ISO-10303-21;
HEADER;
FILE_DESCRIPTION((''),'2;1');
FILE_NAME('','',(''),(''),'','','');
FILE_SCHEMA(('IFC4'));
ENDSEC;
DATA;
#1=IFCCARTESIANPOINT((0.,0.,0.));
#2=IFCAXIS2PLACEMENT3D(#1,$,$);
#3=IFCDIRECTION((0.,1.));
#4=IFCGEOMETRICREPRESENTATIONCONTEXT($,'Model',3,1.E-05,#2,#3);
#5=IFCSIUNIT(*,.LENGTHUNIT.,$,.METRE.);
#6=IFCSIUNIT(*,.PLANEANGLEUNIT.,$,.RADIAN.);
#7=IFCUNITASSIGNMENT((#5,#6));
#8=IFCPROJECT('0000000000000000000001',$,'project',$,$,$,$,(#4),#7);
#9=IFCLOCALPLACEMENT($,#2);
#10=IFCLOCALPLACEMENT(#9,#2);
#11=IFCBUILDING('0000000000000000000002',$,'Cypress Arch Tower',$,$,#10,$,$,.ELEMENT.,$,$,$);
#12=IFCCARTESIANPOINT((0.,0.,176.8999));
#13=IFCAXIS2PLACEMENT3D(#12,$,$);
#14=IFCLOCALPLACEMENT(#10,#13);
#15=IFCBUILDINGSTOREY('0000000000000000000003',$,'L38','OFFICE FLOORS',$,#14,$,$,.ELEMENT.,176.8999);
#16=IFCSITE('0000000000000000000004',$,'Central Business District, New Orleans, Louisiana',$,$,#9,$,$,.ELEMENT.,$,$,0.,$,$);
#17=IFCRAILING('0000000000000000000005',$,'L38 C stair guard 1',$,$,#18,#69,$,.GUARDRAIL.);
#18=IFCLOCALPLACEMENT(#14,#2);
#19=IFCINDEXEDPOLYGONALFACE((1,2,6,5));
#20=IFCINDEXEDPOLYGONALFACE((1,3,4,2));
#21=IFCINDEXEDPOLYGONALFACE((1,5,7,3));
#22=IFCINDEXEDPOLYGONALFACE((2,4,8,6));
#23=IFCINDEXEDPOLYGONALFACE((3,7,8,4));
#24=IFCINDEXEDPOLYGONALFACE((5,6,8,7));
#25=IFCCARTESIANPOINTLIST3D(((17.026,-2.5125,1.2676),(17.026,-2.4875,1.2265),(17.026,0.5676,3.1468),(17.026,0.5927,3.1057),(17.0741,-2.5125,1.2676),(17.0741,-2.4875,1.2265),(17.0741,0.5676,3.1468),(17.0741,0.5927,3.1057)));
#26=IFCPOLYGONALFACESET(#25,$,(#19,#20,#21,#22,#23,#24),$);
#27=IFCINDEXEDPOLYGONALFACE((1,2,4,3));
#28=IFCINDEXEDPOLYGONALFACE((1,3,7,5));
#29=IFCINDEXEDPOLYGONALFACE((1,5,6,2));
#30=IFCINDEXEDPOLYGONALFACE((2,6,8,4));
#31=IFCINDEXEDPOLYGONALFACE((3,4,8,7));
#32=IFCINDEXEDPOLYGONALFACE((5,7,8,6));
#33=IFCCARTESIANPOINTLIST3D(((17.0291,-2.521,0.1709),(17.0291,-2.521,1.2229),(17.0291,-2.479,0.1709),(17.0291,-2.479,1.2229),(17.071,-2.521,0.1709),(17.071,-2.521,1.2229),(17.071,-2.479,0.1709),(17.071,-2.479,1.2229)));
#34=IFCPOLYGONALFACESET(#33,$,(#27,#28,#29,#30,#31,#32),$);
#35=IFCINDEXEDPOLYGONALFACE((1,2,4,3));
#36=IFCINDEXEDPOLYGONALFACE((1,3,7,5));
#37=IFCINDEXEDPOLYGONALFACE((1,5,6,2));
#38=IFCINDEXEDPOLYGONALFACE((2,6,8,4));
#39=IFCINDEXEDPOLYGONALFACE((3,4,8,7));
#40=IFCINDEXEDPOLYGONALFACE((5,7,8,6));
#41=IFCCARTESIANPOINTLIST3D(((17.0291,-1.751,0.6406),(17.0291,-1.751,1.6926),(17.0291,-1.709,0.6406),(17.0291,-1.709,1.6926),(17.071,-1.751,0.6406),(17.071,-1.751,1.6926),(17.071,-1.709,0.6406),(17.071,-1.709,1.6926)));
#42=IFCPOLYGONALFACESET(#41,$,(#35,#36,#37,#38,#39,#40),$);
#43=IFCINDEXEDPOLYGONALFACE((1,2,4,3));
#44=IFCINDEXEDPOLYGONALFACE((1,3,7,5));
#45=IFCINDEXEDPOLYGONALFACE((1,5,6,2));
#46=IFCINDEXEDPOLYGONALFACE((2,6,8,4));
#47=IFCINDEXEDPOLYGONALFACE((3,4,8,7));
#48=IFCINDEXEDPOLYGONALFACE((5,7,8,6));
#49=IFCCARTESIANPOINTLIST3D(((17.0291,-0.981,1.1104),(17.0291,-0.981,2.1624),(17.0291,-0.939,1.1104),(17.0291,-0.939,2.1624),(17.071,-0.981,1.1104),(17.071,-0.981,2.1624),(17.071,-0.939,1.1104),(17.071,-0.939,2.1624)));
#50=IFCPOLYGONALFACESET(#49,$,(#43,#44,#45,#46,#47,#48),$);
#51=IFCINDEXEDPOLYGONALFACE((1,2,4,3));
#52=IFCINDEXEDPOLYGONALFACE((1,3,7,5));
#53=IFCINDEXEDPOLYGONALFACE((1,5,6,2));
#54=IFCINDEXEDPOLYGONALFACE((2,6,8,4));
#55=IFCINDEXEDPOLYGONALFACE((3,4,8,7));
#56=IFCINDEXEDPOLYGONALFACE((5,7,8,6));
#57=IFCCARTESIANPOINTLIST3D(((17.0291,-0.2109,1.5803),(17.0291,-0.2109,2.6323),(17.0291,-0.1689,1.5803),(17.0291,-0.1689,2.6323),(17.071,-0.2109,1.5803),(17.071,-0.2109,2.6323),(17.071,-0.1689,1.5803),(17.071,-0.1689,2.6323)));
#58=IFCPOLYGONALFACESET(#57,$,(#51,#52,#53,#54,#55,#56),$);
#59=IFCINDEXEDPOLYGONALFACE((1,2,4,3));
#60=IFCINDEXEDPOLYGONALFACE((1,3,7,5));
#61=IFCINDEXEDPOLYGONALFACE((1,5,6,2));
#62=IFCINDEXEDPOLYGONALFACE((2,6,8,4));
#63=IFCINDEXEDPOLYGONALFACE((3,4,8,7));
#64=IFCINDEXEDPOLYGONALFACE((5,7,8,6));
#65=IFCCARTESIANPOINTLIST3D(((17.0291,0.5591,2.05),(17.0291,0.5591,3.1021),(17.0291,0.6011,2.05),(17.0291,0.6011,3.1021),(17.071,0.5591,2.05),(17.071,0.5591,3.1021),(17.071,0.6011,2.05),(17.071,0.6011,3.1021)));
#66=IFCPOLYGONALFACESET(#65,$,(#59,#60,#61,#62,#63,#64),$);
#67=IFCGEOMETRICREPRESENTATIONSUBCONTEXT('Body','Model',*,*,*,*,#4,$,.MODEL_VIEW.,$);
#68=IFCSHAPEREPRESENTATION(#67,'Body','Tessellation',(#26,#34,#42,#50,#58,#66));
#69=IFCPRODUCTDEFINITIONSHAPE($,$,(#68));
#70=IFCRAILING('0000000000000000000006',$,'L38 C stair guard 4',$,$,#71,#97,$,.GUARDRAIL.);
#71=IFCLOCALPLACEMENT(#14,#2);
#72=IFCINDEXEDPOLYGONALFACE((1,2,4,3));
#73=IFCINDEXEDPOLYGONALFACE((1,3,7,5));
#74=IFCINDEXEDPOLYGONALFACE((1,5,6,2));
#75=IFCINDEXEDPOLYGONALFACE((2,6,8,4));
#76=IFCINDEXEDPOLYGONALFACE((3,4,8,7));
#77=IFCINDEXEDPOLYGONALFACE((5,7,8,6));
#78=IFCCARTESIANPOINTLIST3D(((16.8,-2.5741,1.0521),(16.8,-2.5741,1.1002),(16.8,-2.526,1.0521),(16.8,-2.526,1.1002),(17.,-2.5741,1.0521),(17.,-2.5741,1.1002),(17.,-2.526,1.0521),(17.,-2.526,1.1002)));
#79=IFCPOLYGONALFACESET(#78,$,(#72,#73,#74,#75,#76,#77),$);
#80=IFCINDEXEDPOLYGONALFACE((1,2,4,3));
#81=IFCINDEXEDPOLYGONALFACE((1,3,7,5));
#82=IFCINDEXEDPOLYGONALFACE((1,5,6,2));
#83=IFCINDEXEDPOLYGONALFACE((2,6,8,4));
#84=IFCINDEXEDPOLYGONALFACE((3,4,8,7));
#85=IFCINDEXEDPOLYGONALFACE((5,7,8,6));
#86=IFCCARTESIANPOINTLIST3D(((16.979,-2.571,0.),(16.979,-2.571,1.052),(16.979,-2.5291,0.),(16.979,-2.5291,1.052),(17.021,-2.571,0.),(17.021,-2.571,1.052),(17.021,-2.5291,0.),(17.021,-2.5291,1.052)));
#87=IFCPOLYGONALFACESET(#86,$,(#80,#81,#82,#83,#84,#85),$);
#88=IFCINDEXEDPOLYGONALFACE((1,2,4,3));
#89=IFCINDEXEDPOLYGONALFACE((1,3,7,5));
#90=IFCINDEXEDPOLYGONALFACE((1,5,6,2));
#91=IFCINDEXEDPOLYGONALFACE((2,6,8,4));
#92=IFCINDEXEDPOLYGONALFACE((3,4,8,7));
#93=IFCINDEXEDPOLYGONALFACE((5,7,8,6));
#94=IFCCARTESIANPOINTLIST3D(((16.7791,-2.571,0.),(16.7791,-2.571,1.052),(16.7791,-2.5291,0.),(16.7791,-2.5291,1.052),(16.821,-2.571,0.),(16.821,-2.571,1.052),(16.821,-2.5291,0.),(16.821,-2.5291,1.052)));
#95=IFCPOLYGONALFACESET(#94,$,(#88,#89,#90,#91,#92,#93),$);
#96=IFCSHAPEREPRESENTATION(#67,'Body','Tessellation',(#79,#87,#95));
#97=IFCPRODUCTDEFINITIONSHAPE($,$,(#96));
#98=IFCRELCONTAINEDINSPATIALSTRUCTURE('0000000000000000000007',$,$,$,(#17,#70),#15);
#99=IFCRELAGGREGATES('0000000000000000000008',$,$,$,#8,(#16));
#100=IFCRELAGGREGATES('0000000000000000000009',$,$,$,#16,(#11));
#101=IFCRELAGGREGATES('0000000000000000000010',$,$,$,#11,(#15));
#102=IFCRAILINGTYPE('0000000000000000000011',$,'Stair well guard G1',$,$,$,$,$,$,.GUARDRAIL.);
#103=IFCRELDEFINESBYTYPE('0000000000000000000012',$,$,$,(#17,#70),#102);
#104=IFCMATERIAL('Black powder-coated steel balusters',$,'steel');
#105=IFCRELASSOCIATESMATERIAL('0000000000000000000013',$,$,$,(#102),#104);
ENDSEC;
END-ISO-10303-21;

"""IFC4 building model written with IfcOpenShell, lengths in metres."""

from ifc_helpers import new_model, si_unit, direction, frame, origin, origin_2d, place, context, subcontext, project, spatial, rectangle, extrude, material, type_object, element, save


model = new_model("IFC4")

# Units and contexts
model_context = context("Model", 3, precision=1e-05, world=origin(), true_north=direction((0.0, 1.0)))
body_context = subcontext(model_context, "Body", "Model", "MODEL_VIEW")
ifc_project = project(units=[si_unit("LENGTHUNIT", "METRE"), si_unit("PLANEANGLEUNIT", "RADIAN")], contexts=[model_context])

# Site, building, storey
site_placement = place(None, origin())
site = spatial("IfcSite", under=ifc_project, at=site_placement, Name="Central Business District, New Orleans, Louisiana", CompositionType="ELEMENT", RefElevation=0.0)
building_placement = place(site_placement, origin())
building = spatial("IfcBuilding", under=site, at=building_placement, Name="Cypress Arch Tower", CompositionType="ELEMENT")
storey_placement = place(building_placement, frame((0.0, 0.0, 176.8999)))
storey = spatial("IfcBuildingStorey", under=building, at=storey_placement, Name="L38", Description="OFFICE FLOORS", CompositionType="ELEMENT", Elevation=176.8999)

# Railings
ifc_material_1 = material(Name="Black powder-coated steel balusters", Category="steel")
railing_type_1 = type_object("IfcRailingType", Name="Stair well guard G1", PredefinedType="GUARDRAIL", material=ifc_material_1)
railing_1_placement = place(storey_placement, frame((17.05, -2.5, 0.1709)))
element("IfcRailing", 1, at=railing_1_placement, inside=storey, type_object=railing_type_1, Name="L38 C stair guard 1", PredefinedType="GUARDRAIL", context=body_context, shape_type="SweptSolid", body=[
    extrude(rectangle(XDim=0.0481, YDim=0.0481, at=origin_2d()), frame((0.0, 0.0, 1.0762), z_axis=(0.0, 0.853666, 0.52082), x_axis=(-1.0, 0.0, 0.0)), (0.0, 0.0, 1.0), 3.6082),
    extrude(rectangle(XDim=0.042, YDim=0.042, at=origin_2d()), origin(), (0.0, 0.0, 1.0), 1.052),
    extrude(rectangle(XDim=0.042, YDim=0.042, at=origin_2d()), frame((0.0, 0.77, 0.4697)), (0.0, 0.0, 1.0), 1.052),
    extrude(rectangle(XDim=0.042, YDim=0.042, at=origin_2d()), frame((0.0, 1.54, 0.9395)), (0.0, 0.0, 1.0), 1.052),
    extrude(rectangle(XDim=0.042, YDim=0.042, at=origin_2d()), frame((0.0, 2.3101, 1.4094)), (0.0, 0.0, 1.0), 1.052),
    extrude(rectangle(XDim=0.042, YDim=0.042, at=origin_2d()), frame((0.0, 3.0801, 1.8792)), (0.0, 0.0, 1.0), 1.052),
])
railing_2_placement = place(storey_placement, frame((17.0, -2.55, 0.0)))
element("IfcRailing", 2, at=railing_2_placement, inside=storey, type_object=railing_type_1, Name="L38 C stair guard 4", PredefinedType="GUARDRAIL", context=body_context, shape_type="SweptSolid", body=[
    extrude(rectangle(XDim=0.0481, YDim=0.0481, at=origin_2d()), frame((0.0, 0.0, 1.0762), z_axis=(-1.0, 0.0, 0.0), x_axis=(0.0, -1.0, 0.0)), (0.0, 0.0, 1.0), 0.2),
    extrude(rectangle(XDim=0.042, YDim=0.042, at=origin_2d()), origin(), (0.0, 0.0, 1.0), 1.052),
    extrude(rectangle(XDim=0.042, YDim=0.042, at=origin_2d()), frame((-0.2, 0.0, 0.0)), (0.0, 0.0, 1.0), 1.052),
])

save(model, "model.ifc")
